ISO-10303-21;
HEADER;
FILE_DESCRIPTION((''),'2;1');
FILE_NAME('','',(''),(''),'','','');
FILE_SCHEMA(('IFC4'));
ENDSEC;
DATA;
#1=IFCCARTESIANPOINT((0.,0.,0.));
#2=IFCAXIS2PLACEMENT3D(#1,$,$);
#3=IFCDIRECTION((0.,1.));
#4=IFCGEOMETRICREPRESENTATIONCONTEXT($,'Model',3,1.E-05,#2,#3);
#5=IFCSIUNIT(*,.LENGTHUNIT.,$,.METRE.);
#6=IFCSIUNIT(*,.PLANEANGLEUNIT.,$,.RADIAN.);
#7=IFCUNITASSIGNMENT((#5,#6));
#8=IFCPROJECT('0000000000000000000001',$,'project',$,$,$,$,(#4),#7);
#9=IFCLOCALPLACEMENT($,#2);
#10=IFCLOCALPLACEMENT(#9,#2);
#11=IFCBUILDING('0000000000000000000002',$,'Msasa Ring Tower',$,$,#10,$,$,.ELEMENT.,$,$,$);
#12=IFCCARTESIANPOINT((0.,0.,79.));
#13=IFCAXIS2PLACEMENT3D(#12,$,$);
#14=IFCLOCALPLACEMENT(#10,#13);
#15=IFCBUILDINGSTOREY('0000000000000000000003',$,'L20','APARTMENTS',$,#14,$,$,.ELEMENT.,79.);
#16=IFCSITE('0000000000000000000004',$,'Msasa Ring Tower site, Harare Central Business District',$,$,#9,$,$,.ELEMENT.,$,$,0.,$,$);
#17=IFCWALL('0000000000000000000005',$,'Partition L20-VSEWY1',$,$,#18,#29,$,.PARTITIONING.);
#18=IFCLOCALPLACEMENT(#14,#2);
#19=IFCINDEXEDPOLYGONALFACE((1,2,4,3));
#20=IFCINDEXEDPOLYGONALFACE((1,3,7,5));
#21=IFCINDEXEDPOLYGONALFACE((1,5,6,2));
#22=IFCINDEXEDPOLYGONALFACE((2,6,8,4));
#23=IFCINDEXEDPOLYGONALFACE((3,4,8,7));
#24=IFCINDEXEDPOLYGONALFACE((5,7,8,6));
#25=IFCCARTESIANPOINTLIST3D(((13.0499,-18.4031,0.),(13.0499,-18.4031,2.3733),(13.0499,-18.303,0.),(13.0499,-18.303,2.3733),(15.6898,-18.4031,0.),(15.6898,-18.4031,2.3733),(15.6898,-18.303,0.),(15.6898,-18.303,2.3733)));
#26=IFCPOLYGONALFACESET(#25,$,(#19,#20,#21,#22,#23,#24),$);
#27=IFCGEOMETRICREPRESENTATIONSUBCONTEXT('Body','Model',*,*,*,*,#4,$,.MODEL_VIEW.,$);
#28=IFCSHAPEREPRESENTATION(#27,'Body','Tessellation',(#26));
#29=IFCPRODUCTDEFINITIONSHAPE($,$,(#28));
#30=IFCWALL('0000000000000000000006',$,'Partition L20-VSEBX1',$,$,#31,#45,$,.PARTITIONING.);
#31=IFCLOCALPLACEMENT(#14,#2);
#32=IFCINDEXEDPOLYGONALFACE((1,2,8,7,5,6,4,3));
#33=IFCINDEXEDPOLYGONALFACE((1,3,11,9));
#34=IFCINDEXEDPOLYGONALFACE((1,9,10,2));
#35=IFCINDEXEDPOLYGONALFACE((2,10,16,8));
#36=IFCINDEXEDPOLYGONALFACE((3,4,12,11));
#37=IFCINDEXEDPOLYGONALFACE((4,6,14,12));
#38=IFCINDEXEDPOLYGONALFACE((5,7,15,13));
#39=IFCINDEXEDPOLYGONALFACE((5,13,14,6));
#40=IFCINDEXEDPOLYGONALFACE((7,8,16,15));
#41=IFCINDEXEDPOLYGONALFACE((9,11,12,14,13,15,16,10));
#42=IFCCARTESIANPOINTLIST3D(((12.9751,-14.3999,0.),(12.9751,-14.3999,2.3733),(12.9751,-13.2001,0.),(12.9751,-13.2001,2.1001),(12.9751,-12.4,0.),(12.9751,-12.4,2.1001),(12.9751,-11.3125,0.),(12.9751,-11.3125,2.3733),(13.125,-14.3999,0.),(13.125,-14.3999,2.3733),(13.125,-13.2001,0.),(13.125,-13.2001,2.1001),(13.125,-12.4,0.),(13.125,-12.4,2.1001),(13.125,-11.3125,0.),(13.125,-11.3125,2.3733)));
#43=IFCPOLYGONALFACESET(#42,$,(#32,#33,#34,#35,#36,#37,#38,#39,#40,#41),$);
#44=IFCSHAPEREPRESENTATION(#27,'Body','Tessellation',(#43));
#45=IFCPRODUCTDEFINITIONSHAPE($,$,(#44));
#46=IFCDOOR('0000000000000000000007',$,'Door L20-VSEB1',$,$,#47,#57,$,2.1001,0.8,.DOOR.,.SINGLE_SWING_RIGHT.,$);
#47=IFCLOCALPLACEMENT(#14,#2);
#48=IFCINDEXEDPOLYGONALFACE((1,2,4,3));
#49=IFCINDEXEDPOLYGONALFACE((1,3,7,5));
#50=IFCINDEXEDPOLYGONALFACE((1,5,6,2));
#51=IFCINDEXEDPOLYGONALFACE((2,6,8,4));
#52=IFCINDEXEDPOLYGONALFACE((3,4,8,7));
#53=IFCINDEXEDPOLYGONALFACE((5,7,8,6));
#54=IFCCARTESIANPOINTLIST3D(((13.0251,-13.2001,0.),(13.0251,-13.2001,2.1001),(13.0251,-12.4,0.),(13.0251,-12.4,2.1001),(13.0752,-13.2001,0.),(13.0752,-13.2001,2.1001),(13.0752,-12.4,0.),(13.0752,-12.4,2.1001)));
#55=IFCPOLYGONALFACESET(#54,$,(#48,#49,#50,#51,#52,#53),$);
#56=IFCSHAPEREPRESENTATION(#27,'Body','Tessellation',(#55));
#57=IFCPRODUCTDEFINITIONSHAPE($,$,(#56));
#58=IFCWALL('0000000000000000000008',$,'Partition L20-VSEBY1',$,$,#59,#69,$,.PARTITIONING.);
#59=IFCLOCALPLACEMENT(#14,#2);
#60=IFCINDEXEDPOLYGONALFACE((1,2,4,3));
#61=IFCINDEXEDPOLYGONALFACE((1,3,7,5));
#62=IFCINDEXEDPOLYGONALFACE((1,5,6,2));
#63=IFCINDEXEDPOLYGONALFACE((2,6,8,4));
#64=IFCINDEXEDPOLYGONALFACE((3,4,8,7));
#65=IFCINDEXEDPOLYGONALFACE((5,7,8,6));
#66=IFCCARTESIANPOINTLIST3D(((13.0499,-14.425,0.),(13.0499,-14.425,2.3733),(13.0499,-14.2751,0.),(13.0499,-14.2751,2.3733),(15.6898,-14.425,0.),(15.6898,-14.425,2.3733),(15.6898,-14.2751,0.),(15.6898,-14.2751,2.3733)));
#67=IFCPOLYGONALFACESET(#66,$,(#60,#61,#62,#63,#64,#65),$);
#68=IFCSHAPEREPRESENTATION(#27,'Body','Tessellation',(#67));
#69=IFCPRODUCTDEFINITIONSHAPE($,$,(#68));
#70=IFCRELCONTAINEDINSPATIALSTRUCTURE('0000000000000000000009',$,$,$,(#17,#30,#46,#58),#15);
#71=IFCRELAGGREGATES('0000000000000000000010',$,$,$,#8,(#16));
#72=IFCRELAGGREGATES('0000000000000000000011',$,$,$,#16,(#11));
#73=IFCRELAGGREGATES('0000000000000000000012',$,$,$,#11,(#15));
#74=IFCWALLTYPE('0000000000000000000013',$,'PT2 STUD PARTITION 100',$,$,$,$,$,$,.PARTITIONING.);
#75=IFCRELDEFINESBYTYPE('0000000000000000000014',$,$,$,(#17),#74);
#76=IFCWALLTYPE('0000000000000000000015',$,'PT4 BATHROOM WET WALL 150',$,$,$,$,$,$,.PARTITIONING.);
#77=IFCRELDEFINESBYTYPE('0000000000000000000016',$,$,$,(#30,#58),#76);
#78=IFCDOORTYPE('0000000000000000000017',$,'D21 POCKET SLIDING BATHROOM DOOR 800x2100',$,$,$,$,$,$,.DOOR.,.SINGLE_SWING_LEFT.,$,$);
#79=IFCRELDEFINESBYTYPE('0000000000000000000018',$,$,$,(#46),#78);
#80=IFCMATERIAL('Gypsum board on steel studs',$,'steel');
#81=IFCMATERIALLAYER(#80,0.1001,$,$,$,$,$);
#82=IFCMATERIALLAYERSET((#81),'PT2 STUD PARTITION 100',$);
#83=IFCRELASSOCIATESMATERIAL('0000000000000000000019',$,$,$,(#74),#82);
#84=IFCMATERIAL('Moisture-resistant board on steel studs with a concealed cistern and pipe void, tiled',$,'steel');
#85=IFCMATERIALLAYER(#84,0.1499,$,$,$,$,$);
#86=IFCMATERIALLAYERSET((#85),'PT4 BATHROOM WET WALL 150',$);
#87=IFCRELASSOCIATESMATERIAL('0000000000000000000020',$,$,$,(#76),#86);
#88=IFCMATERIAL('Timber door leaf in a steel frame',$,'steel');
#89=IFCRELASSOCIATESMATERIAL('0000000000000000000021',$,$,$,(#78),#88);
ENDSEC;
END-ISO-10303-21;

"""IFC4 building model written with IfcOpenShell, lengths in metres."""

from ifc_helpers import new_model, si_unit, direction, frame, frame_2d, origin, place, context, subcontext, project, spatial, rectangle, extrude, material, layer, layer_set, type_object, element, fill, save


model = new_model("IFC4")

# Units and contexts
model_context = context("Model", 3, precision=1e-05, world=origin(), true_north=direction((0.0, 1.0)))
body_context = subcontext(model_context, "Body", "Model", "MODEL_VIEW")
ifc_project = project(units=[si_unit("LENGTHUNIT", "METRE"), si_unit("PLANEANGLEUNIT", "RADIAN")], contexts=[model_context])

# Site, building, storey
site_placement = place(None, origin())
site = spatial("IfcSite", under=ifc_project, at=site_placement, Name="Msasa Ring Tower site, Harare Central Business District", CompositionType="ELEMENT", RefElevation=0.0)
building_placement = place(site_placement, origin())
building = spatial("IfcBuilding", under=site, at=building_placement, Name="Msasa Ring Tower", CompositionType="ELEMENT")
storey_placement = place(building_placement, frame((0.0, 0.0, 79.0)))
storey = spatial("IfcBuildingStorey", under=building, at=storey_placement, Name="L20", Description="APARTMENTS", CompositionType="ELEMENT", Elevation=79.0)

# Shared definitions
ifc_material_1 = material(Name="Gypsum board on steel studs", Category="steel")
ifc_layer_1 = layer(ifc_material_1, 0.1001)
ifc_layer_set_1 = layer_set([ifc_layer_1], Name="PT2 STUD PARTITION 100")
wall_type_1 = type_object("IfcWallType", Name="PT2 STUD PARTITION 100", PredefinedType="PARTITIONING", material=ifc_layer_set_1)

# Wall
wall_1_placement = place(storey_placement, frame((13.05, -18.353, 0.0), z_axis=(0.0, 0.0, 1.0), x_axis=(1.0, 0.0, 0.0)))
element("IfcWall", 1, at=wall_1_placement, inside=storey, type_object=wall_type_1, Name="Partition L20-VSEWY1", PredefinedType="PARTITIONING", context=body_context, shape_type="SweptSolid", body=[
    extrude(rectangle(XDim=2.6399, YDim=0.1001, at=frame_2d((1.3198, 0.0))), origin(), (0.0, 0.0, 1.0), 2.3733),
])

# Wall, opening, door
ifc_material_2 = material(Name="Moisture-resistant board on steel studs with a concealed cistern and pipe void, tiled", Category="steel")
ifc_layer_2 = layer(ifc_material_2, 0.1499)
ifc_layer_set_2 = layer_set([ifc_layer_2], Name="PT4 BATHROOM WET WALL 150")
wall_type_2 = type_object("IfcWallType", Name="PT4 BATHROOM WET WALL 150", PredefinedType="PARTITIONING", material=ifc_layer_set_2)
wall_2_placement = place(storey_placement, frame((13.05, -14.3999, 0.0), z_axis=(0.0, 0.0, 1.0), x_axis=(0.0, 1.0, 0.0)))
wall_2 = element("IfcWall", 2, at=wall_2_placement, inside=storey, type_object=wall_type_2, Name="Partition L20-VSEBX1", PredefinedType="PARTITIONING", context=body_context, shape_type="SweptSolid", body=[
    extrude(rectangle(XDim=3.0874, YDim=0.1499, at=frame_2d((1.5437, 0.0))), origin(), (0.0, 0.0, 1.0), 2.3733),
])
opening_1_placement = place(wall_2_placement, frame((1.2, 0.0, 0.0)))
opening_1 = element("IfcOpeningElement", 3, at=opening_1_placement, cuts=wall_2, PredefinedType="OPENING", context=body_context, shape_type="SweptSolid", body=[
    extrude(rectangle(XDim=0.8, YDim=2.1001, at=frame_2d((0.3999, 1.05))), frame((0.0, 0.085, 0.0), z_axis=(0.0, -1.0, 0.0), x_axis=(1.0, 0.0, 0.0)), (0.0, 0.0, 1.0), 0.1699),
])
ifc_material_3 = material(Name="Timber door leaf in a steel frame", Category="steel")
door_type_1 = type_object("IfcDoorType", Name="D21 POCKET SLIDING BATHROOM DOOR 800x2100", OperationType="SINGLE_SWING_LEFT", PredefinedType="DOOR", material=ifc_material_3)
door_1_placement = place(opening_1_placement, origin())
door_1 = element("IfcDoor", 4, at=door_1_placement, inside=storey, type_object=door_type_1, Name="Door L20-VSEB1", OperationType="SINGLE_SWING_RIGHT", OverallHeight=2.1001, OverallWidth=0.8, PredefinedType="DOOR", context=body_context, shape_type="SweptSolid", body=[
    extrude(rectangle(XDim=0.8, YDim=2.1001, at=frame_2d((0.3999, 1.05))), frame((0.0, 0.0249, 0.0), z_axis=(0.0, -1.0, 0.0), x_axis=(1.0, 0.0, 0.0)), (0.0, 0.0, 1.0), 0.05),
])
fill(opening_1, door_1)

# Wall
wall_3_placement = place(storey_placement, frame((13.05, -14.3501, 0.0), z_axis=(0.0, 0.0, 1.0), x_axis=(1.0, 0.0, 0.0)))
element("IfcWall", 5, at=wall_3_placement, inside=storey, type_object=wall_type_2, Name="Partition L20-VSEBY1", PredefinedType="PARTITIONING", context=body_context, shape_type="SweptSolid", body=[
    extrude(rectangle(XDim=2.6399, YDim=0.1499, at=frame_2d((1.3198, 0.0))), origin(), (0.0, 0.0, 1.0), 2.3733),
])

save(model, "model.ifc")
